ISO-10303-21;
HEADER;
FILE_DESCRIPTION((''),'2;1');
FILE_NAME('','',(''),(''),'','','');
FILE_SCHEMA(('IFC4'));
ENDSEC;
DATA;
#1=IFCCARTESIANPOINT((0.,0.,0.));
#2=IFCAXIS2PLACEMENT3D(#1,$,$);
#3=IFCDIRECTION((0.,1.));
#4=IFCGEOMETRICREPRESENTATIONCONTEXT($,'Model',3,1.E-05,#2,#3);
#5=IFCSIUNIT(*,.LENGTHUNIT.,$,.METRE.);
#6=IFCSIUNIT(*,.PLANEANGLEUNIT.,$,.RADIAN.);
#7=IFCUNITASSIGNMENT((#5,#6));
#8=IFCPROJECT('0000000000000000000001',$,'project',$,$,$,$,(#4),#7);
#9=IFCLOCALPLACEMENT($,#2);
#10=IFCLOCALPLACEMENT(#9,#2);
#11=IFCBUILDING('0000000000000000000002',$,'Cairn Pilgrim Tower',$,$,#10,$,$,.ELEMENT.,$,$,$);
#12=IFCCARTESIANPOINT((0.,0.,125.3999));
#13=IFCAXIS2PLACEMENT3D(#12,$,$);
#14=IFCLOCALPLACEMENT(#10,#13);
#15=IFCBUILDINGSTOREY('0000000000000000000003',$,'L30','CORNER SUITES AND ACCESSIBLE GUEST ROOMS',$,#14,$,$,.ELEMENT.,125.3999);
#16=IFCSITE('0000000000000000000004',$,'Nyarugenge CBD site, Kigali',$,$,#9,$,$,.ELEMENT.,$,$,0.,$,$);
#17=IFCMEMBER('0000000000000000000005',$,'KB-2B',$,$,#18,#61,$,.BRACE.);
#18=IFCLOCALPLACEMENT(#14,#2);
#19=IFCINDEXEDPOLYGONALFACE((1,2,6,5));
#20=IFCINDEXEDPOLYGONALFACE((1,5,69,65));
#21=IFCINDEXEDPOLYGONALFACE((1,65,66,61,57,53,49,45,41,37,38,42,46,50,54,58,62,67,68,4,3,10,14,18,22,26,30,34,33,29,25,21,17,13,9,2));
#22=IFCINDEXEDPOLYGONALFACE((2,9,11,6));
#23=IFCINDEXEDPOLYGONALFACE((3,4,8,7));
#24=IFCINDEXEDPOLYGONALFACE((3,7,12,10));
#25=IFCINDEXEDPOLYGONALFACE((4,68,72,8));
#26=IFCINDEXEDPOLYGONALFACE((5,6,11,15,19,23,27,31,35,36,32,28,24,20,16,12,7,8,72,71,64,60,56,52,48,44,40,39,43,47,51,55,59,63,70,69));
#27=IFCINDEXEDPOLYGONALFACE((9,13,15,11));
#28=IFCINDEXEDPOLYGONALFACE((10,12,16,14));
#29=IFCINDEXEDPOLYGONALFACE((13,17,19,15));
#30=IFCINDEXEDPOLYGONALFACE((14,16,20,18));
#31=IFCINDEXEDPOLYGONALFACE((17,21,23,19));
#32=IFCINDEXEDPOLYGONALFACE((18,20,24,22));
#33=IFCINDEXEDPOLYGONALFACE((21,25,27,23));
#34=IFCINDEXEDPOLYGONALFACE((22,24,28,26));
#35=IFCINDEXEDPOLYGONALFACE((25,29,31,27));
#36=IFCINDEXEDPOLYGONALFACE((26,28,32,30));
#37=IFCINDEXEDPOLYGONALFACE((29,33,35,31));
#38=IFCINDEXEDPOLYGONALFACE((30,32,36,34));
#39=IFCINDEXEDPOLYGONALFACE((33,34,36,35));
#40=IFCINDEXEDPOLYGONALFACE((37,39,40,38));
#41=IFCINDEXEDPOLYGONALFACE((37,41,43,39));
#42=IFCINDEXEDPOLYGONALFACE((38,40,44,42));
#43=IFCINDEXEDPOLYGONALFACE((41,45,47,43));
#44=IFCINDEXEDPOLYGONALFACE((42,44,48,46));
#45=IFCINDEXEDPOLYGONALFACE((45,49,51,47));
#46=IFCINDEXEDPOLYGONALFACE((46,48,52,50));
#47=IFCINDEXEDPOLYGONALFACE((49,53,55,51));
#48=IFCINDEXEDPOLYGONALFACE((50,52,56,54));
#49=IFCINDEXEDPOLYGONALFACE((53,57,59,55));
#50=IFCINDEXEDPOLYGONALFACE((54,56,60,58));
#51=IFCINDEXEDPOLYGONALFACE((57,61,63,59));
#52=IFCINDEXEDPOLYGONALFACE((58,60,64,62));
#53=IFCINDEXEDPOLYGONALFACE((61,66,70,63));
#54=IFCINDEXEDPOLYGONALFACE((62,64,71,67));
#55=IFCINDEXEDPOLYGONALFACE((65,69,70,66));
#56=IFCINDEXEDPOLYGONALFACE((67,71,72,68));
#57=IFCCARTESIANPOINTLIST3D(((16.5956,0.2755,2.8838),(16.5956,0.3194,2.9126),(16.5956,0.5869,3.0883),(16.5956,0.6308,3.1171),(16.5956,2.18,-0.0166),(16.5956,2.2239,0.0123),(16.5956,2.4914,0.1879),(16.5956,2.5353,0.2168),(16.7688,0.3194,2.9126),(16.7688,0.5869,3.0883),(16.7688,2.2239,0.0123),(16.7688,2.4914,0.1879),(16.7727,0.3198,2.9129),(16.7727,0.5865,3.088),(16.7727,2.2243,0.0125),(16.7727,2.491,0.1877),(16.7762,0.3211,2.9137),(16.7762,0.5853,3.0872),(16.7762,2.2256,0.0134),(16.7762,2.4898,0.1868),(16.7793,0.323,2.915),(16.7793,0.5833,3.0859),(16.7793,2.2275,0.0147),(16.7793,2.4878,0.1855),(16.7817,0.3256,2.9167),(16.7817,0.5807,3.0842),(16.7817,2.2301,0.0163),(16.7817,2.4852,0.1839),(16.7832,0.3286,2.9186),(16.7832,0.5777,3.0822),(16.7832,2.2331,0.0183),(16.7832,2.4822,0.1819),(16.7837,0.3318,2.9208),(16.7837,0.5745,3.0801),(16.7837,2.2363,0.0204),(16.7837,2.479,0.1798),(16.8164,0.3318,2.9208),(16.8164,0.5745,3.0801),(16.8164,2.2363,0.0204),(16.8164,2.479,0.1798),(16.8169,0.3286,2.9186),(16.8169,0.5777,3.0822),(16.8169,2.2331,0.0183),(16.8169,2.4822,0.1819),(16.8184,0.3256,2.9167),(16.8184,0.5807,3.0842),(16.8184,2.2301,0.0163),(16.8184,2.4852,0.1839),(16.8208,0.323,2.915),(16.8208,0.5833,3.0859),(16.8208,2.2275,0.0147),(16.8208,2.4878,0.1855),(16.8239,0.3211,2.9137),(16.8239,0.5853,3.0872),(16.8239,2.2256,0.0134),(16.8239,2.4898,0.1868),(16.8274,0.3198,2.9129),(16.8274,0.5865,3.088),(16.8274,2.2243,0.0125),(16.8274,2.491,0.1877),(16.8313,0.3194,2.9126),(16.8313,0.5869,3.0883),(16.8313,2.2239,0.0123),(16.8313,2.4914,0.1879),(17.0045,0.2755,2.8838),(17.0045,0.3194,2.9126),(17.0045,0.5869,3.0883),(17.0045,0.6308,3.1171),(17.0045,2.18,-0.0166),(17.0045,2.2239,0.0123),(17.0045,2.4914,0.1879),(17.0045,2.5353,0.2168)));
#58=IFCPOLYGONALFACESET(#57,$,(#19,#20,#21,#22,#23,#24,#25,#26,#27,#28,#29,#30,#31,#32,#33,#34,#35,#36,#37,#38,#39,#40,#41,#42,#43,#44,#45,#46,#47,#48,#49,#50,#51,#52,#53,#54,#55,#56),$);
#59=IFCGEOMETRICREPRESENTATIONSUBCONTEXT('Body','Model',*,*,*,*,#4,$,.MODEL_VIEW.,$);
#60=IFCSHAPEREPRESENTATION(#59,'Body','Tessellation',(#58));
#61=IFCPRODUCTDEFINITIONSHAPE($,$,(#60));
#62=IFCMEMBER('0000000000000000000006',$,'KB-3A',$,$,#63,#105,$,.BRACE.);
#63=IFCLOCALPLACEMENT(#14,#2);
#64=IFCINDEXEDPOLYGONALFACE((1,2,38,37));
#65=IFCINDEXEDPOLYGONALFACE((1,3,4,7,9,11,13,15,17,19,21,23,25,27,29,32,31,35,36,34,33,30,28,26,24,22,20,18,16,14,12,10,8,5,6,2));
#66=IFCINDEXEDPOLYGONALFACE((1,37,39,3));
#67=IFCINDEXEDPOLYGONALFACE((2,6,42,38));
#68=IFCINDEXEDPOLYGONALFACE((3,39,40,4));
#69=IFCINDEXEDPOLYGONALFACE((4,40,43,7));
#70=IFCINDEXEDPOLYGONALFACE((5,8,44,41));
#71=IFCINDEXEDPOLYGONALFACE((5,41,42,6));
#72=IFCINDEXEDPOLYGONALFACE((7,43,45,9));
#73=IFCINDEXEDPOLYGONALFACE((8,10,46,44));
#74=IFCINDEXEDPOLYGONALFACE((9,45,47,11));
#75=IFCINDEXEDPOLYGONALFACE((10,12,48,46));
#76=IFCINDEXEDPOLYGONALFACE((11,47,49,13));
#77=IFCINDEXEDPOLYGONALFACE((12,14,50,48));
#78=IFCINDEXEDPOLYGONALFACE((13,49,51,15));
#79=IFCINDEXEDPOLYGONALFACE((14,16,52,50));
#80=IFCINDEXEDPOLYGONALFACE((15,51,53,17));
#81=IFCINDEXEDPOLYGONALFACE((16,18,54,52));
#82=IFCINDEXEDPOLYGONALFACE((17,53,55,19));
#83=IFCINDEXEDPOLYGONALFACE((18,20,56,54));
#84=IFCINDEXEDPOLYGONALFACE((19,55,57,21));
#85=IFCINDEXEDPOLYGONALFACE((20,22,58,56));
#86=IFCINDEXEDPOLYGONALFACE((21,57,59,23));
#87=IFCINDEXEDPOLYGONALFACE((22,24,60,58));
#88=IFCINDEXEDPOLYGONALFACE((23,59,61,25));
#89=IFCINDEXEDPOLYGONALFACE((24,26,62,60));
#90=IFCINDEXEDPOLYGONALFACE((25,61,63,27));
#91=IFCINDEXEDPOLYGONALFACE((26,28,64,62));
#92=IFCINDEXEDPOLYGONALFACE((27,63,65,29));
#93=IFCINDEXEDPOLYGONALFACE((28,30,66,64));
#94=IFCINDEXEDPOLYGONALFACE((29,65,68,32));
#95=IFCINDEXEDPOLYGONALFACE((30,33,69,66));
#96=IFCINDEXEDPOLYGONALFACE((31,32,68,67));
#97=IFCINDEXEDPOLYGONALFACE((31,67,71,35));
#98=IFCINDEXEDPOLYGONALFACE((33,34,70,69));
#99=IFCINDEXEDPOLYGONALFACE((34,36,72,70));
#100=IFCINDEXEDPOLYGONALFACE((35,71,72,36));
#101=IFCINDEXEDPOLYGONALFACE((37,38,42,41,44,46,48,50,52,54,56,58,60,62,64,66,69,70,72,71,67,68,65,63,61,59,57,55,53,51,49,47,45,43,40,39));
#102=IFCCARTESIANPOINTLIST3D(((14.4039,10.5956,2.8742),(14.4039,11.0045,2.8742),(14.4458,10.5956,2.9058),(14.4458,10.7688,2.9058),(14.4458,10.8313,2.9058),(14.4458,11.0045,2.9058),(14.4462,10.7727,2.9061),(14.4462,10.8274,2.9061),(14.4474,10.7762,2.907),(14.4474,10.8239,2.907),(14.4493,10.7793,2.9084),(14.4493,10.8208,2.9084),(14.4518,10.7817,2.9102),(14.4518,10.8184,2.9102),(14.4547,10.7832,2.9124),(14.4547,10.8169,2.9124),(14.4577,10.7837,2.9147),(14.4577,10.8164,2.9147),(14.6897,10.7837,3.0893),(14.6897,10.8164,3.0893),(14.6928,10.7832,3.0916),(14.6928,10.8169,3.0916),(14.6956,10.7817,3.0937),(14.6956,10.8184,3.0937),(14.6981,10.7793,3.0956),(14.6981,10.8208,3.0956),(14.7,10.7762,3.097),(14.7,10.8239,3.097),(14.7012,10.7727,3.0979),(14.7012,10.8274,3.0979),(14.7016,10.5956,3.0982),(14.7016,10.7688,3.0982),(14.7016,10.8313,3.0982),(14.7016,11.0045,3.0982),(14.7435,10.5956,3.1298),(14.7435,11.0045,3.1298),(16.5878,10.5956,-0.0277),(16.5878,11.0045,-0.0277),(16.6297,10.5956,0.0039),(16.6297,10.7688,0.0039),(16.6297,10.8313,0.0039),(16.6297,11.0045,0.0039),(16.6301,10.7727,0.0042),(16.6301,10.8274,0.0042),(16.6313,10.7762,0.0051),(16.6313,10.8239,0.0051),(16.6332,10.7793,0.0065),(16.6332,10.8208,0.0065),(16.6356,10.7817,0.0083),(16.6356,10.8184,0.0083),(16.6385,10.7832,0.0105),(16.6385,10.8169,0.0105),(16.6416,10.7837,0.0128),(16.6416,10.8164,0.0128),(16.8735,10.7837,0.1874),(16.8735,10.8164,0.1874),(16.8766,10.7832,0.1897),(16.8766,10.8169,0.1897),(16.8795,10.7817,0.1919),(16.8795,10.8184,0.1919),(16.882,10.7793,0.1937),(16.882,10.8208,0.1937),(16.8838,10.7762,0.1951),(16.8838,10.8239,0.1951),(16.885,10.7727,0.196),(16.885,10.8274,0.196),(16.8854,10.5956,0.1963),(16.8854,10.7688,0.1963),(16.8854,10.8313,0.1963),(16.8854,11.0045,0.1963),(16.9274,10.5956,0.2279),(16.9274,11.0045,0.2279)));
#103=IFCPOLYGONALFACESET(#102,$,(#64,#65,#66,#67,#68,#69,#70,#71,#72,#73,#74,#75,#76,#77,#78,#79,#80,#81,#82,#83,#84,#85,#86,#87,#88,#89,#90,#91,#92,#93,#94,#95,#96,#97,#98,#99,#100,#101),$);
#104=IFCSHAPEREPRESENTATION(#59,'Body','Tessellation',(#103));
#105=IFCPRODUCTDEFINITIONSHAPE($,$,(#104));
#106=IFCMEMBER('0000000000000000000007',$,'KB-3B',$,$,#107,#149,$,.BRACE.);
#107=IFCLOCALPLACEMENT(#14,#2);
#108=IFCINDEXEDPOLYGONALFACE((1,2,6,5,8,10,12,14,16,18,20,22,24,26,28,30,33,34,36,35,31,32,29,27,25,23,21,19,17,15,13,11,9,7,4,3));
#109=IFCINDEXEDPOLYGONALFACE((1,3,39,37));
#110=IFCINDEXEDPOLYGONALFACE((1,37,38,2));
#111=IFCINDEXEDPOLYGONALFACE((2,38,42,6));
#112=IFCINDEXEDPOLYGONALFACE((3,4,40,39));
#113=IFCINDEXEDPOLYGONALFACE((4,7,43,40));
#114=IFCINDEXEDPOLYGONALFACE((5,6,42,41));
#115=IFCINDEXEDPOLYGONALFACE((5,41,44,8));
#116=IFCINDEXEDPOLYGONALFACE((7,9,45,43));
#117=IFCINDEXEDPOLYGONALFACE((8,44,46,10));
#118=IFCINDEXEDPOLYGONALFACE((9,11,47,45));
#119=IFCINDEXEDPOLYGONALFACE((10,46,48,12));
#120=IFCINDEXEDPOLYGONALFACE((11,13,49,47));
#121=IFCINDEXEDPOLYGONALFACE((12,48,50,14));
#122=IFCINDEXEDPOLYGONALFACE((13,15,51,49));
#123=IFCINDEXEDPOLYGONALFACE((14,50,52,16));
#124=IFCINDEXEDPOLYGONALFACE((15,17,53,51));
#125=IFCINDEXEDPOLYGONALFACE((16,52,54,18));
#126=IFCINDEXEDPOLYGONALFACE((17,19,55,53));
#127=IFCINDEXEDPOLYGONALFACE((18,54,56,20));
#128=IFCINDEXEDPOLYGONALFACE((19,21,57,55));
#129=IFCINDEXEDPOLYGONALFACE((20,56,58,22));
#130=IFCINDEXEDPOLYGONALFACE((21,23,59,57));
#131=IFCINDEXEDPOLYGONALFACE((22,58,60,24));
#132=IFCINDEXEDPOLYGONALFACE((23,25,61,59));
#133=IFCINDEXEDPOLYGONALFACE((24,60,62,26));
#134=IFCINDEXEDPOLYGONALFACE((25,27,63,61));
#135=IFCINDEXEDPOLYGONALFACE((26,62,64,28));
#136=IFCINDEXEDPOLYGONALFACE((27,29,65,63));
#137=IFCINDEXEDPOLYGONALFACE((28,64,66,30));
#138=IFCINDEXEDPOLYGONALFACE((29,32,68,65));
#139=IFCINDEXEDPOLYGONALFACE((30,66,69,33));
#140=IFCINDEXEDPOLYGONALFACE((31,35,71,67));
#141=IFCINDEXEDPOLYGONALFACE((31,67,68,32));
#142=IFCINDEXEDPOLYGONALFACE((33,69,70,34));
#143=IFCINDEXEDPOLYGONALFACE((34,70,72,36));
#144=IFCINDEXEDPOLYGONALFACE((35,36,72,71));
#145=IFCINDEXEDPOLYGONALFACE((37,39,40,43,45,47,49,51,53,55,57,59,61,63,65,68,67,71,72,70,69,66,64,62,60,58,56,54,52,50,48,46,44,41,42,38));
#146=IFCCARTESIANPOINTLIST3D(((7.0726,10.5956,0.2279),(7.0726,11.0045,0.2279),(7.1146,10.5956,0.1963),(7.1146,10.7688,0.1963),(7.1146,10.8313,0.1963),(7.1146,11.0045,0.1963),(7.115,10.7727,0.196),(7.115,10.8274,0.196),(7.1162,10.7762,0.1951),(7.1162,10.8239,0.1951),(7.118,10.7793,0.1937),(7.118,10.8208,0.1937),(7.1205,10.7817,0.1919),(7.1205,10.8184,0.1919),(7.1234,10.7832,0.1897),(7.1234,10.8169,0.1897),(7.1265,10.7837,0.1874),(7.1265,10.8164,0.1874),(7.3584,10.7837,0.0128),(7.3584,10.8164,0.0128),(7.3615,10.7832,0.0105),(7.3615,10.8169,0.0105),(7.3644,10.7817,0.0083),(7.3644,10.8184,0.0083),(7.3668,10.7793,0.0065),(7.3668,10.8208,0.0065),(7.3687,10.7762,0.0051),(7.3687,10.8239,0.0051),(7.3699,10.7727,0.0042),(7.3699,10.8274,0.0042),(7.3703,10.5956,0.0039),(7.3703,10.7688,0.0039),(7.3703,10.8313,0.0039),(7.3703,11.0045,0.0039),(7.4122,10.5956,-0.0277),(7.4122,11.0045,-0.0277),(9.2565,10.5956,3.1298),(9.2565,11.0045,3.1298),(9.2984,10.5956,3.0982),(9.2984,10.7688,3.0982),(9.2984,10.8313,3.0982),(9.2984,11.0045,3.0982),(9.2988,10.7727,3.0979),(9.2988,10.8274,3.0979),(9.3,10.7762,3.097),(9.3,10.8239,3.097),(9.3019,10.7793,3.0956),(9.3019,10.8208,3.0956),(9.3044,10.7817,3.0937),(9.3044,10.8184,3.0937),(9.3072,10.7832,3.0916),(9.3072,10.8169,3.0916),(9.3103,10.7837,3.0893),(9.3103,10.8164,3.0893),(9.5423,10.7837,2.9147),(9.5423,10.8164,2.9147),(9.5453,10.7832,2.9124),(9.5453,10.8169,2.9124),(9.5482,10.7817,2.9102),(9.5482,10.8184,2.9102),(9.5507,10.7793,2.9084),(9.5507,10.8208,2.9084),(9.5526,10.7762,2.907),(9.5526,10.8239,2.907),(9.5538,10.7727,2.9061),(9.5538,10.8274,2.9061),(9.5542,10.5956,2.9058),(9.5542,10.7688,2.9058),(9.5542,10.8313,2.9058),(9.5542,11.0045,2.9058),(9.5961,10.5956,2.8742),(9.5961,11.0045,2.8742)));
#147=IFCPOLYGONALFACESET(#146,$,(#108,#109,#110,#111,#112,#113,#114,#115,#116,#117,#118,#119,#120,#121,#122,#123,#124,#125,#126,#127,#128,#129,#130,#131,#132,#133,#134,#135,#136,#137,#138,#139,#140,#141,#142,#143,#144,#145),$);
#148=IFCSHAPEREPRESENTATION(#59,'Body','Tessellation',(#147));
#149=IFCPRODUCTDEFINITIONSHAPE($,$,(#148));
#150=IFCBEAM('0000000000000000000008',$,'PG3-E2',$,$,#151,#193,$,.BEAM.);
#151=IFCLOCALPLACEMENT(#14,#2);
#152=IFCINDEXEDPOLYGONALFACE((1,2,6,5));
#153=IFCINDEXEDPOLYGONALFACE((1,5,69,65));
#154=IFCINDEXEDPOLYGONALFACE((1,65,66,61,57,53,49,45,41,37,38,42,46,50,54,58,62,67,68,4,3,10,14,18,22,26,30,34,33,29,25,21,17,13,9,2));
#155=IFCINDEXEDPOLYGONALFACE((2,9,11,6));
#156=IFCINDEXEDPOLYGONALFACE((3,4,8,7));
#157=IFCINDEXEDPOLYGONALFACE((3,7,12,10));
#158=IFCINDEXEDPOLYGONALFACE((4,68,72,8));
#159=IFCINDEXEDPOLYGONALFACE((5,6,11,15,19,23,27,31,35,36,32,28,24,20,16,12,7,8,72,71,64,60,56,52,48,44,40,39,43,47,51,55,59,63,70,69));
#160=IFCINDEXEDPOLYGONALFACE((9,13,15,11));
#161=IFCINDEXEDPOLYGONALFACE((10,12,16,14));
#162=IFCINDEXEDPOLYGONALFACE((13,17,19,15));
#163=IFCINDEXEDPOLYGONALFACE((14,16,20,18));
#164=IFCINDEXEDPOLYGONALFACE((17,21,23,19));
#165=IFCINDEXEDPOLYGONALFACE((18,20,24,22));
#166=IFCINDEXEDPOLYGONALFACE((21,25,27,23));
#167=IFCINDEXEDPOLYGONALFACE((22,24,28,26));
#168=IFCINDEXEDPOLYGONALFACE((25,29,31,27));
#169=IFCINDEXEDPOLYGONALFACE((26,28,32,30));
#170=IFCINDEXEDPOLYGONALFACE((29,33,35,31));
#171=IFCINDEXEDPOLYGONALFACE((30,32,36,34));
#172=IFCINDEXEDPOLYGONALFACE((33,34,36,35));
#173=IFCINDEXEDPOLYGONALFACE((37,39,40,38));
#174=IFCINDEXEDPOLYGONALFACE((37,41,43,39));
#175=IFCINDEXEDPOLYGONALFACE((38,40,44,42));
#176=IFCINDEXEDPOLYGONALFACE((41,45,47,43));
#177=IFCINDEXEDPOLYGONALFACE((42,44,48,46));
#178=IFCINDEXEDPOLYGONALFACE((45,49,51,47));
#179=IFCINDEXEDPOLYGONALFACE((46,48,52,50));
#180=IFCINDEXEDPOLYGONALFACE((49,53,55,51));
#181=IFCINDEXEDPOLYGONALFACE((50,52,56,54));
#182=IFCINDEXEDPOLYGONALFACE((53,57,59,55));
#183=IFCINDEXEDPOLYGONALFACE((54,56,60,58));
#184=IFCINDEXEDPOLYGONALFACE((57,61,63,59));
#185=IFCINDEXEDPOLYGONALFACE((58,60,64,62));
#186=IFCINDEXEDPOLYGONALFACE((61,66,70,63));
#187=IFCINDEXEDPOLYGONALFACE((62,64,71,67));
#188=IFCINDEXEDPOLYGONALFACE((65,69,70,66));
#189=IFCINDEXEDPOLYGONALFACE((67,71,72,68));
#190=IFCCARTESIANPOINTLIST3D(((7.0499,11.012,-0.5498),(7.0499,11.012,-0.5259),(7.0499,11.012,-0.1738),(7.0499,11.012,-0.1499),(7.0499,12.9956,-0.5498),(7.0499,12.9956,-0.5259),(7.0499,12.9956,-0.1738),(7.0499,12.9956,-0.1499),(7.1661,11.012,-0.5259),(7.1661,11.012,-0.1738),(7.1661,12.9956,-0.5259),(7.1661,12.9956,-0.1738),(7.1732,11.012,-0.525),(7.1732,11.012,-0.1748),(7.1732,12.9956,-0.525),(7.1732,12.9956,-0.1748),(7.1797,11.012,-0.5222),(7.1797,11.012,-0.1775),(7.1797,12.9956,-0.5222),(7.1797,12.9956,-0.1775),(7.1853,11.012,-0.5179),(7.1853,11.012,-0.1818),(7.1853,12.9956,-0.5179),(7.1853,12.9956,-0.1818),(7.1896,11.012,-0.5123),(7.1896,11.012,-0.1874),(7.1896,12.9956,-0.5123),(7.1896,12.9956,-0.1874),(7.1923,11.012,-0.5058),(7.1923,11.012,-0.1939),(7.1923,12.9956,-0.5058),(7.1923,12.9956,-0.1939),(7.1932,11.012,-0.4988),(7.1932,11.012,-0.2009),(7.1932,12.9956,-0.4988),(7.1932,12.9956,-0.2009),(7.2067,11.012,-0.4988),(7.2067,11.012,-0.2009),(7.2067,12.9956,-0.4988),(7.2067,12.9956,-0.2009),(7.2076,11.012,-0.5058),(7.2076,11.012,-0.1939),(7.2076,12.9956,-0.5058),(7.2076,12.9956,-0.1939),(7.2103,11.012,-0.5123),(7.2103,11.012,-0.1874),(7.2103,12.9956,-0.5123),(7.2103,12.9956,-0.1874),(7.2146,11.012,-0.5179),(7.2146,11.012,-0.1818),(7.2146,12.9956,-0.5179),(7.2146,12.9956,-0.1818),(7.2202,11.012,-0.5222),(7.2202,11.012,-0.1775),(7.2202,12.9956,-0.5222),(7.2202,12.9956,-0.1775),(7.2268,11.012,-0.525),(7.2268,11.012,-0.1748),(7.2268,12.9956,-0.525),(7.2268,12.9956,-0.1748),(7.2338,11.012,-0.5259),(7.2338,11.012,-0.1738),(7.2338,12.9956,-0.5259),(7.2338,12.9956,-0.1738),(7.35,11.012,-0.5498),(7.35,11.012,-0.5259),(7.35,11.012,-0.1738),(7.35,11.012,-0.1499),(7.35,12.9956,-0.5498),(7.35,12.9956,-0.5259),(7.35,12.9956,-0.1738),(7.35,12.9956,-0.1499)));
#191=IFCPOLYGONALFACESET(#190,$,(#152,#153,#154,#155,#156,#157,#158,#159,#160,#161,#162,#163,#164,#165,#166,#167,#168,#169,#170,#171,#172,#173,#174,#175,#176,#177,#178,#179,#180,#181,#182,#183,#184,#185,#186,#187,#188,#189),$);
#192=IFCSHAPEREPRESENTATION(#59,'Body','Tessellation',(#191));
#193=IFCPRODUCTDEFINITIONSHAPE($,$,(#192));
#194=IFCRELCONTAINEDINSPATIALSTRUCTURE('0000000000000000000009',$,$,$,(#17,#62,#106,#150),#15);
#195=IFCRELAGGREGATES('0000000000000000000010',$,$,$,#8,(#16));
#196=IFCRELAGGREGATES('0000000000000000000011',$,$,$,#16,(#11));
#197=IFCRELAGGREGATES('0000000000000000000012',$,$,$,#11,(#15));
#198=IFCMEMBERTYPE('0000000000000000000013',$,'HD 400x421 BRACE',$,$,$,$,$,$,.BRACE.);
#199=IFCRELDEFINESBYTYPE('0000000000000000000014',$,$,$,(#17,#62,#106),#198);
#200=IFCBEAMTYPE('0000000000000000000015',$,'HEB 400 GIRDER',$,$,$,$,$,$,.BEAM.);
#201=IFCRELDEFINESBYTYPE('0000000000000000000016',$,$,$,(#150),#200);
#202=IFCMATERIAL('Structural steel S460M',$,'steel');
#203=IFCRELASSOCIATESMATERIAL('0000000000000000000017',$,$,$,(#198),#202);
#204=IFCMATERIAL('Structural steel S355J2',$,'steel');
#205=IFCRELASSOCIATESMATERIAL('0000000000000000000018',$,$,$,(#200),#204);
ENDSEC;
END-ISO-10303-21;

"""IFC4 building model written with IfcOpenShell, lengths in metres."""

from ifc_helpers import new_model, si_unit, direction, frame, origin, origin_2d, place, context, subcontext, project, spatial, i_section, extrude, material, material_profile, profile_set, type_object, element, save


model = new_model("IFC4")

# Units and contexts
model_context = context("Model", 3, precision=1e-05, world=origin(), true_north=direction((0.0, 1.0)))
body_context = subcontext(model_context, "Body", "Model", "MODEL_VIEW")
ifc_project = project(units=[si_unit("LENGTHUNIT", "METRE"), si_unit("PLANEANGLEUNIT", "RADIAN")], contexts=[model_context])

# Site, building, storey
site_placement = place(None, origin())
site = spatial("IfcSite", under=ifc_project, at=site_placement, Name="Nyarugenge CBD site, Kigali", CompositionType="ELEMENT", RefElevation=0.0)
building_placement = place(site_placement, origin())
building = spatial("IfcBuilding", under=site, at=building_placement, Name="Cairn Pilgrim Tower", CompositionType="ELEMENT")
storey_placement = place(building_placement, frame((0.0, 0.0, 125.3999)))
storey = spatial("IfcBuildingStorey", under=building, at=storey_placement, Name="L30", Description="CORNER SUITES AND ACCESSIBLE GUEST ROOMS", CompositionType="ELEMENT", Elevation=125.3999)

# Shared definitions
ifc_material_1 = material(Name="Structural steel S460M", Category="steel")

# Members
ifc_material_profile_1 = material_profile(ifc_material_1, i_section(OverallWidth=0.4089, OverallDepth=0.425, WebThickness=0.0327, FlangeThickness=0.0525, FilletRadius=0.0149, at=origin_2d()), Name="HD 400x421")
ifc_profile_set_1 = profile_set([ifc_material_profile_1], Name="Structural steel S460M")
member_type = type_object("IfcMemberType", Name="HD 400x421 BRACE", PredefinedType="BRACE", material=ifc_profile_set_1)
member_placement = place(storey_placement, frame((16.8, 2.3577, 0.1001), z_axis=(0.0, -0.54889, 0.835895), x_axis=(1.0, 0.0, 0.0)))
element("IfcMember", 1, at=member_placement, inside=storey, type_object=member_type, Name="KB-2B", PredefinedType="BRACE", context=body_context, shape_type="SweptSolid", body=[
    extrude(i_section(OverallWidth=0.4089, OverallDepth=0.425, WebThickness=0.0327, FlangeThickness=0.0525, FilletRadius=0.0149, at=origin_2d()), origin(), (0.0, 0.0, 1.0), 3.4697),
])
for number, where, z_axis, x_axis, name in (
    (2, (16.7576, 10.8, 0.1001), (-0.601311, 0.0, 0.799015), (0.0, -1.0, 0.0), "KB-3A"),
    (3, (7.2424, 10.8, 0.1001), (0.601311, 0.0, 0.799015), (0.0, 1.0, 0.0), "KB-3B"),
):
    element("IfcMember", number, at=place(storey_placement, frame(where, z_axis=z_axis, x_axis=x_axis)), inside=storey, type_object=member_type, Name=name, PredefinedType="BRACE", context=body_context, shape_type="SweptSolid", body=[
        extrude(i_section(OverallWidth=0.4089, OverallDepth=0.425, WebThickness=0.0327, FlangeThickness=0.0525, FilletRadius=0.0149, at=origin_2d()), origin(), (0.0, 0.0, 1.0), 3.6318),
    ])

# Beam
ifc_material_2 = material(Name="Structural steel S355J2", Category="steel")
ifc_material_profile_2 = material_profile(ifc_material_2, i_section(OverallWidth=0.3, OverallDepth=0.3999, WebThickness=0.0134, FlangeThickness=0.0239, FilletRadius=0.0271, at=origin_2d()), Name="HEB 400")
ifc_profile_set_2 = profile_set([ifc_material_profile_2], Name="Structural steel S355J2")
beam_type_1 = type_object("IfcBeamType", Name="HEB 400 GIRDER", PredefinedType="BEAM", material=ifc_profile_set_2)
beam_1_placement = place(storey_placement, frame((7.2, 11.012, -0.3499), z_axis=(0.0, 1.0, 0.0), x_axis=(-1.0, 0.0, 0.0)))
element("IfcBeam", 4, at=beam_1_placement, inside=storey, type_object=beam_type_1, Name="PG3-E2", PredefinedType="BEAM", context=body_context, shape_type="SweptSolid", body=[
    extrude(i_section(OverallWidth=0.3, OverallDepth=0.3999, WebThickness=0.0134, FlangeThickness=0.0239, FilletRadius=0.0271, at=origin_2d()), origin(), (0.0, 0.0, 1.0), 1.9836),
])

save(model, "model.ifc")
